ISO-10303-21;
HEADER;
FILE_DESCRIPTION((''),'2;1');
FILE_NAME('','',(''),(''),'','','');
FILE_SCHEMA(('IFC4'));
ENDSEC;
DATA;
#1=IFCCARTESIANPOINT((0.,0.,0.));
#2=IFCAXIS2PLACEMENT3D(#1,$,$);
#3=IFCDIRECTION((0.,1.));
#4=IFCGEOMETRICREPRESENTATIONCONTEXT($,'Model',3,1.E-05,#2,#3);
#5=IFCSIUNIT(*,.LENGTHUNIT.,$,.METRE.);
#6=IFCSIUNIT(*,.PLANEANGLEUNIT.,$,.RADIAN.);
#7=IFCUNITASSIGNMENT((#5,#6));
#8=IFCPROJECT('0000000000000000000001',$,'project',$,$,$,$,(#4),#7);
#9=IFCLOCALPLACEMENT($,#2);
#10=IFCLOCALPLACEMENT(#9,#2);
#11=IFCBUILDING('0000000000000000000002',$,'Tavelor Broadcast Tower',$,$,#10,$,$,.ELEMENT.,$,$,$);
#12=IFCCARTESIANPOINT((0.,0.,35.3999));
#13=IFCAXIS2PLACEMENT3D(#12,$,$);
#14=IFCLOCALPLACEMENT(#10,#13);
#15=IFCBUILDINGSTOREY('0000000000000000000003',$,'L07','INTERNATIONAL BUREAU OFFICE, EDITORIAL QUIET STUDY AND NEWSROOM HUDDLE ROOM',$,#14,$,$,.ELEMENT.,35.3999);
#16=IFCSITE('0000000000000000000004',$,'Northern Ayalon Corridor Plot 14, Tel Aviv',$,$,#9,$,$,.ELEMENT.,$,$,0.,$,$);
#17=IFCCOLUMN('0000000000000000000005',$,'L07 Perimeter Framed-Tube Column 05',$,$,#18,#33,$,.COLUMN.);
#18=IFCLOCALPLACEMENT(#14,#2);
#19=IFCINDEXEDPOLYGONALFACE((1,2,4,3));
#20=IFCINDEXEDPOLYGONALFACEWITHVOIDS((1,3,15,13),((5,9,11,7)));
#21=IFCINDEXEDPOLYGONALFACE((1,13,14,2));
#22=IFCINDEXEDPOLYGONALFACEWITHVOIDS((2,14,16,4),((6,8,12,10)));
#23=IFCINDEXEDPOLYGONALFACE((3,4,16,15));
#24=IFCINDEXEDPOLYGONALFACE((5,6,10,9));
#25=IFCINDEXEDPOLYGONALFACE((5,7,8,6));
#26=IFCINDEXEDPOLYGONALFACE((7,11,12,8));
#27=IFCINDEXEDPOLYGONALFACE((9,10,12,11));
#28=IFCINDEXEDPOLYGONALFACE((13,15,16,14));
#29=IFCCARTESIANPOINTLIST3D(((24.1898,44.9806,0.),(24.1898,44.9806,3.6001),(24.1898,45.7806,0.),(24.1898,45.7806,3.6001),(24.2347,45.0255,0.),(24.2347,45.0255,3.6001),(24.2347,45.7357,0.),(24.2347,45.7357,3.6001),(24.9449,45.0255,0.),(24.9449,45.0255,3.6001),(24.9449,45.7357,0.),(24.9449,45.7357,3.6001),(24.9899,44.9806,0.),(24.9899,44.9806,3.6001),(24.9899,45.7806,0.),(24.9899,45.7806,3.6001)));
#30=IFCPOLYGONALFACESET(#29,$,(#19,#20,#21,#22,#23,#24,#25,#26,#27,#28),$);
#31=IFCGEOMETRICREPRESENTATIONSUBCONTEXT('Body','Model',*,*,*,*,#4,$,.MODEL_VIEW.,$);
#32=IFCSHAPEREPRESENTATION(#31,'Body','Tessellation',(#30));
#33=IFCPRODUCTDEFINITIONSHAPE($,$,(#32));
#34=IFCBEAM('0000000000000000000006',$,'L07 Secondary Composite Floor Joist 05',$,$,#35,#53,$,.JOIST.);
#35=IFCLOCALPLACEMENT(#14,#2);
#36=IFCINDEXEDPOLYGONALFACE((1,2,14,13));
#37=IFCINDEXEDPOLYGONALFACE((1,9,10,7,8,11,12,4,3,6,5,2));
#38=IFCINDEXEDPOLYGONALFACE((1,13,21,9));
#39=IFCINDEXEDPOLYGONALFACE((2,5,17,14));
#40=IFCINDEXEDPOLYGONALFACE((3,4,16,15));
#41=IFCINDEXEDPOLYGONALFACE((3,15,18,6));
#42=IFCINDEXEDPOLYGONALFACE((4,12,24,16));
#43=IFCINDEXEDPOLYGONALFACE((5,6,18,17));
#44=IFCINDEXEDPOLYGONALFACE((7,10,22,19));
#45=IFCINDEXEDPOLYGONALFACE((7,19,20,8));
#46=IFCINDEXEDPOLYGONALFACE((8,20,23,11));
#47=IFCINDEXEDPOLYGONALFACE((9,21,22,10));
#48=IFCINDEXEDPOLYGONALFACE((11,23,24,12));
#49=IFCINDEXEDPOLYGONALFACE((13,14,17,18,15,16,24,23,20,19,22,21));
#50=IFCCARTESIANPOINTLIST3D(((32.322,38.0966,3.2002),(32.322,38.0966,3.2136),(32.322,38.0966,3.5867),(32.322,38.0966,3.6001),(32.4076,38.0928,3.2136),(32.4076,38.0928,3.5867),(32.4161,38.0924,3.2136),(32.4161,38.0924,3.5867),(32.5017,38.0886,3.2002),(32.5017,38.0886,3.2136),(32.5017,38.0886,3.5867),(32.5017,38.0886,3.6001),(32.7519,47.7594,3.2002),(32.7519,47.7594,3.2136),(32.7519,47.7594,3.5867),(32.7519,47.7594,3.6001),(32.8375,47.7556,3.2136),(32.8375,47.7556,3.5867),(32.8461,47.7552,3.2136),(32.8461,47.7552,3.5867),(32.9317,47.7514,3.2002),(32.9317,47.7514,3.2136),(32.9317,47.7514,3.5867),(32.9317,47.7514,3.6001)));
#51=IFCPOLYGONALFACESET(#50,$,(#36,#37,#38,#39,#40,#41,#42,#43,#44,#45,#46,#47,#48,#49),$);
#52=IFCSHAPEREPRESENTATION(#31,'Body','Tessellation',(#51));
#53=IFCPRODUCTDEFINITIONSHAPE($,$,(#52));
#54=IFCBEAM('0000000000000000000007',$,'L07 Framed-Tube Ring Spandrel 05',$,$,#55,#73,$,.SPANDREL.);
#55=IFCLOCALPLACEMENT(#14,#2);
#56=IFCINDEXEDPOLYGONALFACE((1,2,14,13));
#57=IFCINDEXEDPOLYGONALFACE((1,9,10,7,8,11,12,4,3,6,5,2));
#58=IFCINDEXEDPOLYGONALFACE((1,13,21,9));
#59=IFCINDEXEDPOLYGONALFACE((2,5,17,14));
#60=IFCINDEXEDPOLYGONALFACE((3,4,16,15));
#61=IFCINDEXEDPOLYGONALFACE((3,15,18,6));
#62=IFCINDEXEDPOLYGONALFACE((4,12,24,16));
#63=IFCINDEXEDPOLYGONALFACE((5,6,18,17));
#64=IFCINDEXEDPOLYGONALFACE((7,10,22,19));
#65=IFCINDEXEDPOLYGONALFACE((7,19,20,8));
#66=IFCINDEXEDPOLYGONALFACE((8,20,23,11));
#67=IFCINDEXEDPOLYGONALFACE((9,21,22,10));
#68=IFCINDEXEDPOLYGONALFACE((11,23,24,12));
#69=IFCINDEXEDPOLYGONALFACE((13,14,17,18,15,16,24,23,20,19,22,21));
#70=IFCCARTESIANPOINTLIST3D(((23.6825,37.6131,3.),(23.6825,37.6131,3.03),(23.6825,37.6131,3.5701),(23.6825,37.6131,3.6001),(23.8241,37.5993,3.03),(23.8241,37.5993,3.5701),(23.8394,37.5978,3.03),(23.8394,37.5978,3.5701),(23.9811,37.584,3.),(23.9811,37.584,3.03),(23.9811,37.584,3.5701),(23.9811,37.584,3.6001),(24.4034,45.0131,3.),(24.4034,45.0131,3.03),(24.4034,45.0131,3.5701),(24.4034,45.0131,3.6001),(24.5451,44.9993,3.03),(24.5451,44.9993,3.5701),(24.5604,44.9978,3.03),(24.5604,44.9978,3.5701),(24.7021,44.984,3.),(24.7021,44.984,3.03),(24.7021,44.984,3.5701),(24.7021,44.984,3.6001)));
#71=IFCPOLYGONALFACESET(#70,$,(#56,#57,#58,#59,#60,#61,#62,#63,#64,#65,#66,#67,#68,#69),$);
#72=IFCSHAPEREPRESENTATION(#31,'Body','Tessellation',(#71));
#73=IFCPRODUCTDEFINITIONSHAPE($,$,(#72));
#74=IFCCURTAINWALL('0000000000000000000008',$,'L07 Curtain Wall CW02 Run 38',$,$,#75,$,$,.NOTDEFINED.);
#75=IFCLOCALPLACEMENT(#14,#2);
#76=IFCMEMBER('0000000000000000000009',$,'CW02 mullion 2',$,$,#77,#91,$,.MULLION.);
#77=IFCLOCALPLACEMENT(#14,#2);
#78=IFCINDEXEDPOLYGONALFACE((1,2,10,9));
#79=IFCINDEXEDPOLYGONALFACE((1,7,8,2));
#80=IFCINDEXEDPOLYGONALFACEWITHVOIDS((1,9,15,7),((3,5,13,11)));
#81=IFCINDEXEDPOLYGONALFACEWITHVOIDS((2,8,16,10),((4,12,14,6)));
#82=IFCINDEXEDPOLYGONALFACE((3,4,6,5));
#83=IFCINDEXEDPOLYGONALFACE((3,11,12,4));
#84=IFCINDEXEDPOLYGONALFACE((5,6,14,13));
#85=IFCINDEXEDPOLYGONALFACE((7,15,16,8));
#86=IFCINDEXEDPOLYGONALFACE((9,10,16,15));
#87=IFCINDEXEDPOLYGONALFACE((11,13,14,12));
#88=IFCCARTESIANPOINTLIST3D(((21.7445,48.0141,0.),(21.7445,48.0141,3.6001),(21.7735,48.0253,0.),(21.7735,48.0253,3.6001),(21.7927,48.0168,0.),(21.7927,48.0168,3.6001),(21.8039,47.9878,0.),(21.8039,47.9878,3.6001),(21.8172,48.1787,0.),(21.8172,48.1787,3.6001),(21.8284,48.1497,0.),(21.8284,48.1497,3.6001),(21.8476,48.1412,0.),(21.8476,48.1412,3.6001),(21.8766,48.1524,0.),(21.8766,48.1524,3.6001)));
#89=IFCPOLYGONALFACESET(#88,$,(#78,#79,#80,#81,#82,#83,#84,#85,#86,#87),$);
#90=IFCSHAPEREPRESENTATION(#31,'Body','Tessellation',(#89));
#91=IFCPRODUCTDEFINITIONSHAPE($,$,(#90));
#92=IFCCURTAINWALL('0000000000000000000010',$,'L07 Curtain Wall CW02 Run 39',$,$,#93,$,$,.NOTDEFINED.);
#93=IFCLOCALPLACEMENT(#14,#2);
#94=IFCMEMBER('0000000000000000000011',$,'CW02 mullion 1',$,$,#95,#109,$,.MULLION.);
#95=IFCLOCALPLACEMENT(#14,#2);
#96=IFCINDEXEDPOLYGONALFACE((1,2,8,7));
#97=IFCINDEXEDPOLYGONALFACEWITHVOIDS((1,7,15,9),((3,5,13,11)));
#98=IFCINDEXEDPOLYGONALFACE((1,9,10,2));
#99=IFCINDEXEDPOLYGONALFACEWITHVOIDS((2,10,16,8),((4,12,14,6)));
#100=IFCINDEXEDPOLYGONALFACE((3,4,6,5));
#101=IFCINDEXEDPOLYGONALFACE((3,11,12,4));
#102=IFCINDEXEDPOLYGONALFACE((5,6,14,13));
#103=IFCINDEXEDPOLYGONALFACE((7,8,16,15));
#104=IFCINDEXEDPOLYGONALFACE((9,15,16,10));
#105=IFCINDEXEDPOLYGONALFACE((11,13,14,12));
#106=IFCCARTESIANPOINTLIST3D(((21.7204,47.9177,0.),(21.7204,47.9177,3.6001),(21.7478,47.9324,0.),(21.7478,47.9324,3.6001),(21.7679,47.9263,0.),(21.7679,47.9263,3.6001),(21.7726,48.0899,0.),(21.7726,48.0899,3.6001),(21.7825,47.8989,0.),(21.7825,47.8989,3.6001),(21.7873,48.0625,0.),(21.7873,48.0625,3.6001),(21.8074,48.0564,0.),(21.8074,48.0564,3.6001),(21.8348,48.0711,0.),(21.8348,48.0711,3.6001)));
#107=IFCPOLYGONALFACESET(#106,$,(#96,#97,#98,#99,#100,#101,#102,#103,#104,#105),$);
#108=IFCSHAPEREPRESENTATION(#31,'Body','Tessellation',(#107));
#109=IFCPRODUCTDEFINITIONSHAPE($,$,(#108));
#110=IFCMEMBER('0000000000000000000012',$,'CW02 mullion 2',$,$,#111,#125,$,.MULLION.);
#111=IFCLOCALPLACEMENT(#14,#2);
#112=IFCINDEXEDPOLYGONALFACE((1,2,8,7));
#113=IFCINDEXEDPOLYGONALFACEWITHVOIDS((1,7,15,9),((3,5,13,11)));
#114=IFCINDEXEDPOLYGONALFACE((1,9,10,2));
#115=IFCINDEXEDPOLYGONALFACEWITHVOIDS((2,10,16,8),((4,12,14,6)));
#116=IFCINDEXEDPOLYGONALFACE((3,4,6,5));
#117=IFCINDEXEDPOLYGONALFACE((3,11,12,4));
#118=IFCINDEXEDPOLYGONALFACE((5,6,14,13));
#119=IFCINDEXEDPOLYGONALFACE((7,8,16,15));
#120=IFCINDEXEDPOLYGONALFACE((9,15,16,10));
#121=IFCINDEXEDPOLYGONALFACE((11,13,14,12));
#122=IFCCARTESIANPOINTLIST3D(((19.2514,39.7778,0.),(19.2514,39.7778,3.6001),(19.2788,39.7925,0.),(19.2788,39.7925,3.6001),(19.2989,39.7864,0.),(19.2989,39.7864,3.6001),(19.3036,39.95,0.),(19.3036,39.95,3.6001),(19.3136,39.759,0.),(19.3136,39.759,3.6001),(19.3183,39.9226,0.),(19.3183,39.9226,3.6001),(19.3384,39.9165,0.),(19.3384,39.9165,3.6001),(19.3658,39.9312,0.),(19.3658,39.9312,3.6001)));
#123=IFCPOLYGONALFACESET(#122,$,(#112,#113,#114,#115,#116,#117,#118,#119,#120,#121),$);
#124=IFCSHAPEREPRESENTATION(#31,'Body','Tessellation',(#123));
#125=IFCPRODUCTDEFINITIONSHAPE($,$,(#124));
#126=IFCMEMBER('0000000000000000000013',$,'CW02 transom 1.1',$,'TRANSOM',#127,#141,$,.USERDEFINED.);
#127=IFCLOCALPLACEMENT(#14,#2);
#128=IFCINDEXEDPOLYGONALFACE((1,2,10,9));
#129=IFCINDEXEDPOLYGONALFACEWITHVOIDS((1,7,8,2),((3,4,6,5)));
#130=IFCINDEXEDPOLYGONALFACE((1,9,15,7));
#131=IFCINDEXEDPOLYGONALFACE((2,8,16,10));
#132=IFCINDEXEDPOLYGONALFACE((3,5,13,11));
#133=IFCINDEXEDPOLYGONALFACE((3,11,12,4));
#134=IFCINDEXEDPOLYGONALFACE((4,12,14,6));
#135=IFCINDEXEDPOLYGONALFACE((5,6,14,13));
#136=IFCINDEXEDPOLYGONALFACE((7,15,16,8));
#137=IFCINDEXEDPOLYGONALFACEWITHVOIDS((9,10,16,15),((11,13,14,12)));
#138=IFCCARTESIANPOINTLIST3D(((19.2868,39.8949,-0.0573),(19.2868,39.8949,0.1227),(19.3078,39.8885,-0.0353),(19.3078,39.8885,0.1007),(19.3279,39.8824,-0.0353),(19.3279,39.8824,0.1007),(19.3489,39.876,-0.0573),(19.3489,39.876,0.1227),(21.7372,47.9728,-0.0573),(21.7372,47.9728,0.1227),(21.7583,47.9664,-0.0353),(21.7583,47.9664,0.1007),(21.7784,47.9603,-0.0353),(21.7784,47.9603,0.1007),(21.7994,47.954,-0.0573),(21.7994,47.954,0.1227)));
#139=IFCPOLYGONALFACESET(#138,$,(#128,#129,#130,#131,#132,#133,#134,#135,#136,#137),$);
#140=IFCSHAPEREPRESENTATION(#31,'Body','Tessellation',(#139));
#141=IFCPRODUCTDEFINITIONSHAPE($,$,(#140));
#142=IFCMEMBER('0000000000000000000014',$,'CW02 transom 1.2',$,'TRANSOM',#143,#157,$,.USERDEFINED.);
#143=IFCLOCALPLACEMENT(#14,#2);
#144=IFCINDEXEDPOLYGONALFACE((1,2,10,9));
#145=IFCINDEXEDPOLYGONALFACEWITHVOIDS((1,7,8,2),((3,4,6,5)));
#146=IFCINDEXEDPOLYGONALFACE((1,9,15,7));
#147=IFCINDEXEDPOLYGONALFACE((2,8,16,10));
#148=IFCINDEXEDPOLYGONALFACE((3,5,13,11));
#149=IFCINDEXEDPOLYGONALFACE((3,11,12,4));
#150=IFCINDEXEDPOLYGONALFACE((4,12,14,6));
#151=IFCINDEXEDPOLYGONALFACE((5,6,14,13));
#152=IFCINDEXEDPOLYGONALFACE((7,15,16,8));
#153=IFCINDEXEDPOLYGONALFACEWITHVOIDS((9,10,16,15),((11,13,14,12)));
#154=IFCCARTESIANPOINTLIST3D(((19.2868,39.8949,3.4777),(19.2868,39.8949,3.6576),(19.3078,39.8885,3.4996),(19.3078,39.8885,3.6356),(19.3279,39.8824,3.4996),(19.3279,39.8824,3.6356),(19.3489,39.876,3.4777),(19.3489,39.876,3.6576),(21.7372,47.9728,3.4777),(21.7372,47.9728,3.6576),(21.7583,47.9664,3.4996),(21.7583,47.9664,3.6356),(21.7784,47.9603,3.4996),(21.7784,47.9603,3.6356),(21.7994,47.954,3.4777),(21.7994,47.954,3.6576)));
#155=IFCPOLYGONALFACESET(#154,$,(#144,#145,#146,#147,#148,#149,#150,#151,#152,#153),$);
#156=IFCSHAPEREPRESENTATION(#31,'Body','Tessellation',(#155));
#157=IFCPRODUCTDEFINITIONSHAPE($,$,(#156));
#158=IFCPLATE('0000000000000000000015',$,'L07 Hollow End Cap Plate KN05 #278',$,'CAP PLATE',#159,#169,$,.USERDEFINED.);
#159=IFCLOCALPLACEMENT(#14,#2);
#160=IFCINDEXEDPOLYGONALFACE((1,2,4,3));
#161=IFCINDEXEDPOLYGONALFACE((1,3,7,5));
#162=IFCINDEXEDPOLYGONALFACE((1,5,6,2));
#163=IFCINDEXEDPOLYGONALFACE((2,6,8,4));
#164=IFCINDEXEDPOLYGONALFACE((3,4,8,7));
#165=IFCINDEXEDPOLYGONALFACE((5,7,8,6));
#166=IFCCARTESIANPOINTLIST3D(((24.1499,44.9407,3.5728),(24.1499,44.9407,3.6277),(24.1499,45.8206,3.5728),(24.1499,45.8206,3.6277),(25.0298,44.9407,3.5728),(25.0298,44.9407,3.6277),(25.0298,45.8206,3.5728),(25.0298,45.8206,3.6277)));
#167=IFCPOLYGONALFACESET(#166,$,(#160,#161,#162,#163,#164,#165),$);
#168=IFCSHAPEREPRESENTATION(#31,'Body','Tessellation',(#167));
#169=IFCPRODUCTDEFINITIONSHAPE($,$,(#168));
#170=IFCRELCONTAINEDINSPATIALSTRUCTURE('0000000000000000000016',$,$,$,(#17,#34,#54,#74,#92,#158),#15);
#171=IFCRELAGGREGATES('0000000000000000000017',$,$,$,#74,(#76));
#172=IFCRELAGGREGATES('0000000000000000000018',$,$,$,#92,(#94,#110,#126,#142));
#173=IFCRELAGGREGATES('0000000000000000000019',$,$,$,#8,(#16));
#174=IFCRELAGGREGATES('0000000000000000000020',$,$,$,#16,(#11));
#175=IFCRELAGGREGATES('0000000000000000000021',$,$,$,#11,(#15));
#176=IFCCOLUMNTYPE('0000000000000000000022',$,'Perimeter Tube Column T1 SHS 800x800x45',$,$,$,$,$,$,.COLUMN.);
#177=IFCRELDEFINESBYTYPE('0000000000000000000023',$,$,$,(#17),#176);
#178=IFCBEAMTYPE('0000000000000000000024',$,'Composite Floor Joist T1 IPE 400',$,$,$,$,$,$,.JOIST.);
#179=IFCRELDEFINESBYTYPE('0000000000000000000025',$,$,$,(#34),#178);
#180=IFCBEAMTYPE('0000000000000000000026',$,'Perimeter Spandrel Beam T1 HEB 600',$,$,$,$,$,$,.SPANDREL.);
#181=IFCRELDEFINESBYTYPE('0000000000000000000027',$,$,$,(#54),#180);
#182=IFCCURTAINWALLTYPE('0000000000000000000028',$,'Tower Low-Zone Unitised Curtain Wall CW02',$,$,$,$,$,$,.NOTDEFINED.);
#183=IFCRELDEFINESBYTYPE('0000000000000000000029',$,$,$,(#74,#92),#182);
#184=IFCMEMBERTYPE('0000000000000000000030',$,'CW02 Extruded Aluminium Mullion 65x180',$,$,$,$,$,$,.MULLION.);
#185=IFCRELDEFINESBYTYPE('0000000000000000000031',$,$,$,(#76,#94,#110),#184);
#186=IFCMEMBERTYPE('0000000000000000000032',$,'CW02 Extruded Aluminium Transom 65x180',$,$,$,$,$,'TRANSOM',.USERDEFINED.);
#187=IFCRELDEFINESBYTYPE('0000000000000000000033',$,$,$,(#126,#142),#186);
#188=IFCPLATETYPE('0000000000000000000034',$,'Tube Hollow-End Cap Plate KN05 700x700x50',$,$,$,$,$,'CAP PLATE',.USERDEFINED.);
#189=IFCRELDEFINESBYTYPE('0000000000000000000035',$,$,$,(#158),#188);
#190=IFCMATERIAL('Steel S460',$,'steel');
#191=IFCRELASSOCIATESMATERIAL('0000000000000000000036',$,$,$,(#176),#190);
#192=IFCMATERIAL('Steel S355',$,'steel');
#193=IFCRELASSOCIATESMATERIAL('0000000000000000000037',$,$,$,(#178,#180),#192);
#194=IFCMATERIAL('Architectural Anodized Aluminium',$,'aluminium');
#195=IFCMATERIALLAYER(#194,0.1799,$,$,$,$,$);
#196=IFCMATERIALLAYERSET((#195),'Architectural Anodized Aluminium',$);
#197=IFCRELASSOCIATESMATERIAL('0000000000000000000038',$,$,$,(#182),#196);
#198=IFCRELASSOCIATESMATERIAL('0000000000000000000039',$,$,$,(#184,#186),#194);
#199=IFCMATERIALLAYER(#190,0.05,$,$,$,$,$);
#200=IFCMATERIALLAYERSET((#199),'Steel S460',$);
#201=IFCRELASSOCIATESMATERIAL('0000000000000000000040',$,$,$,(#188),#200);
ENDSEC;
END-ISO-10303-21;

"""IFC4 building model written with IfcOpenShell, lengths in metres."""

from ifc_helpers import new_model, si_unit, direction, frame, origin, origin_2d, place, context, subcontext, project, spatial, rectangle, hollow_rectangle, i_section, extrude, source, transform, mapped, material, layer, layer_set, material_profile, profile_set, type_object, type_shapes, element, aggregate, save


model = new_model("IFC4")

# Units and contexts
model_context = context("Model", 3, precision=1e-05, world=origin(), true_north=direction((0.0, 1.0)))
body_context = subcontext(model_context, "Body", "Model", "MODEL_VIEW")
ifc_project = project(units=[si_unit("LENGTHUNIT", "METRE"), si_unit("PLANEANGLEUNIT", "RADIAN")], contexts=[model_context])

# Site, building, storey
site_placement = place(None, origin())
site = spatial("IfcSite", under=ifc_project, at=site_placement, Name="Northern Ayalon Corridor Plot 14, Tel Aviv", CompositionType="ELEMENT", RefElevation=0.0)
building_placement = place(site_placement, origin())
building = spatial("IfcBuilding", under=site, at=building_placement, Name="Tavelor Broadcast Tower", CompositionType="ELEMENT")
storey_placement = place(building_placement, frame((0.0, 0.0, 35.3999)))
storey = spatial("IfcBuildingStorey", under=building, at=storey_placement, Name="L07", Description="INTERNATIONAL BUREAU OFFICE, EDITORIAL QUIET STUDY AND NEWSROOM HUDDLE ROOM", CompositionType="ELEMENT", Elevation=35.3999)

# Column
ifc_material_1 = material(Name="Steel S460", Category="steel")
ifc_material_profile_1 = material_profile(ifc_material_1, hollow_rectangle(XDim=0.8, YDim=0.8, WallThickness=0.0449, at=origin_2d()), Name="SHS 800x800x45")
ifc_profile_set_1 = profile_set([ifc_material_profile_1], Name="Steel S460")
column_type = type_object("IfcColumnType", Name="Perimeter Tube Column T1 SHS 800x800x45", PredefinedType="COLUMN", material=ifc_profile_set_1)
column_placement = place(storey_placement, frame((24.5898, 45.3806, 0.0), z_axis=(0.0, 0.0, 1.0), x_axis=(1.0, 0.0, 0.0)))
element("IfcColumn", 1, at=column_placement, inside=storey, type_object=column_type, Name="L07 Perimeter Framed-Tube Column 05", PredefinedType="COLUMN", context=body_context, shape_type="SweptSolid", body=[
    extrude(hollow_rectangle(XDim=0.8, YDim=0.8, WallThickness=0.0449, at=origin_2d()), origin(), (0.0, 0.0, 1.0), 3.6001),
])

# Beams
ifc_material_2 = material(Name="Steel S355", Category="steel")
ifc_material_profile_2 = material_profile(ifc_material_2, i_section(OverallWidth=0.1799, OverallDepth=0.3999, WebThickness=0.0085, FlangeThickness=0.0134, at=origin_2d()), Name="IPE 400")
ifc_profile_set_2 = profile_set([ifc_material_profile_2], Name="Steel S355")
beam_type_1 = type_object("IfcBeamType", Name="Composite Floor Joist T1 IPE 400", PredefinedType="JOIST", material=ifc_profile_set_2)
beam_1_placement = place(storey_placement, frame((32.8418, 47.7554, 3.4001), z_axis=(-0.044449, -0.999012, 0.0), x_axis=(0.999012, -0.044449, 0.0)))
element("IfcBeam", 2, at=beam_1_placement, inside=storey, type_object=beam_type_1, Name="L07 Secondary Composite Floor Joist 05", PredefinedType="JOIST", context=body_context, shape_type="SweptSolid", body=[
    extrude(i_section(OverallWidth=0.1799, OverallDepth=0.3999, WebThickness=0.0085, FlangeThickness=0.0134, at=origin_2d()), origin(), (0.0, 0.0, 1.0), 9.6724),
])
ifc_material_profile_3 = material_profile(ifc_material_2, i_section(OverallWidth=0.3, OverallDepth=0.6001, WebThickness=0.0154, FlangeThickness=0.03, at=origin_2d()), Name="HEB 600")
ifc_profile_set_3 = profile_set([ifc_material_profile_3], Name="Steel S355")
beam_type_2 = type_object("IfcBeamType", Name="Perimeter Spandrel Beam T1 HEB 600", PredefinedType="SPANDREL", material=ifc_profile_set_3)
beam_2_placement = place(storey_placement, frame((24.5527, 44.9985, 3.3), z_axis=(-0.096967, -0.995288, 0.0), x_axis=(0.995288, -0.096967, 0.0)))
element("IfcBeam", 3, at=beam_2_placement, inside=storey, type_object=beam_type_2, Name="L07 Framed-Tube Ring Spandrel 05", PredefinedType="SPANDREL", context=body_context, shape_type="SweptSolid", body=[
    extrude(i_section(OverallWidth=0.3, OverallDepth=0.6001, WebThickness=0.0154, FlangeThickness=0.03, at=origin_2d()), origin(), (0.0, 0.0, 1.0), 7.4351),
])

# Curtain wall, member
ifc_material_3 = material(Name="Architectural Anodized Aluminium", Category="aluminium")
ifc_layer_1 = layer(ifc_material_3, 0.1799)
ifc_layer_set_1 = layer_set([ifc_layer_1], Name="Architectural Anodized Aluminium")
curtain_wall_type = type_object("IfcCurtainWallType", Name="Tower Low-Zone Unitised Curtain Wall CW02", PredefinedType="NOTDEFINED", material=ifc_layer_set_1)
curtain_wall_1_placement = place(storey_placement, origin())
curtain_wall_1 = element("IfcCurtainWall", 4, at=curtain_wall_1_placement, inside=storey, type_object=curtain_wall_type, Name="L07 Curtain Wall CW02 Run 38", PredefinedType="NOTDEFINED")
ifc_material_profile_4 = material_profile(ifc_material_3, hollow_rectangle(XDim=0.0649, YDim=0.1799, WallThickness=0.022, at=origin_2d()), Name="RHS 65x180x22")
ifc_profile_set_4 = profile_set([ifc_material_profile_4], Name="Architectural Anodized Aluminium")
member_type_1 = type_object("IfcMemberType", Name="CW02 Extruded Aluminium Mullion 65x180", PredefinedType="MULLION", material=ifc_profile_set_4)
shared_shape_1 = source(origin(), body_context, "Body", "SweptSolid", [
    extrude(hollow_rectangle(XDim=0.0649, YDim=0.1799, WallThickness=0.022, at=origin_2d()), origin(), (0.0, 0.0, 1.0), 3.6001),
])
type_shapes(member_type_1, [shared_shape_1])
member_1_placement = place(storey_placement, frame((21.8105, 48.0833, 0.0), z_axis=(0.0, 0.0, 1.0), x_axis=(0.914783, -0.403945, 0.0)))
member_1 = element("IfcMember", 5, at=member_1_placement, type_object=member_type_1, Name="CW02 mullion 2", PredefinedType="MULLION", context=body_context, shape_type="MappedRepresentation", body=[
    mapped(shared_shape_1, transform((0.0, 0.0, 0.0), scale=1.0)),
])
aggregate(curtain_wall_1, [member_1])

# Curtain wall, members
curtain_wall_2_placement = place(storey_placement, origin())
curtain_wall_2 = element("IfcCurtainWall", 6, at=curtain_wall_2_placement, inside=storey, type_object=curtain_wall_type, Name="L07 Curtain Wall CW02 Run 39", PredefinedType="NOTDEFINED")
member_2_placement = place(storey_placement, frame((21.7776, 47.9944, 0.0), z_axis=(0.0, 0.0, 1.0), x_axis=(0.956944, -0.290273, 0.0)))
member_2 = element("IfcMember", 7, at=member_2_placement, type_object=member_type_1, Name="CW02 mullion 1", PredefinedType="MULLION", context=body_context, shape_type="MappedRepresentation", body=[
    mapped(shared_shape_1, transform((0.0, 0.0, 0.0), scale=1.0)),
])
member_3_placement = place(storey_placement, frame((19.3086, 39.8545, 0.0), z_axis=(0.0, 0.0, 1.0), x_axis=(0.956944, -0.290273, 0.0)))
member_3 = element("IfcMember", 8, at=member_3_placement, type_object=member_type_1, Name="CW02 mullion 2", PredefinedType="MULLION", context=body_context, shape_type="MappedRepresentation", body=[
    mapped(shared_shape_1, transform((0.0, 0.0, 0.0), scale=1.0)),
])
ifc_material_profile_5 = material_profile(ifc_material_3, hollow_rectangle(XDim=0.0649, YDim=0.1799, WallThickness=0.022, at=origin_2d()), Name="RHS 65x180x22")
ifc_profile_set_5 = profile_set([ifc_material_profile_5], Name="Architectural Anodized Aluminium")
member_type_2 = type_object("IfcMemberType", Name="CW02 Extruded Aluminium Transom 65x180", ElementType="TRANSOM", PredefinedType="USERDEFINED", material=ifc_profile_set_5)
shared_shape_2 = source(origin(), body_context, "Body", "SweptSolid", [
    extrude(hollow_rectangle(XDim=0.0649, YDim=0.1799, WallThickness=0.022, at=origin_2d()), origin(), (0.0, 0.0, 1.0), 8.4414),
])
type_shapes(member_type_2, [shared_shape_2])
member_4_placement = place(storey_placement, frame((21.7683, 47.9634, 0.0327), z_axis=(-0.290289, -0.956939, 0.0), x_axis=(0.956939, -0.290289, 0.0)))
member_4 = element("IfcMember", 9, at=member_4_placement, type_object=member_type_2, Name="CW02 transom 1.1", ObjectType="TRANSOM", PredefinedType="USERDEFINED", context=body_context, shape_type="MappedRepresentation", body=[
    mapped(shared_shape_2, transform((0.0, 0.0, 0.0), scale=1.0)),
])
member_5_placement = place(storey_placement, frame((21.7683, 47.9634, 3.5676), z_axis=(-0.290289, -0.956939, 0.0), x_axis=(0.956939, -0.290289, 0.0)))
member_5 = element("IfcMember", 10, at=member_5_placement, type_object=member_type_2, Name="CW02 transom 1.2", ObjectType="TRANSOM", PredefinedType="USERDEFINED", context=body_context, shape_type="MappedRepresentation", body=[
    mapped(shared_shape_2, transform((0.0, 0.0, 0.0), scale=1.0)),
])

# Plate
ifc_layer_2 = layer(ifc_material_1, 0.05)
ifc_layer_set_2 = layer_set([ifc_layer_2], Name="Steel S460")
plate_type_1 = type_object("IfcPlateType", Name="Tube Hollow-End Cap Plate KN05 700x700x50", ElementType="CAP PLATE", PredefinedType="USERDEFINED", material=ifc_layer_set_2)
shared_shape_3 = source(origin(), body_context, "Body", "SweptSolid", [
    extrude(rectangle(XDim=0.8799, YDim=0.8799, at=origin_2d()), origin(), (0.0, 0.0, 1.0), 0.0549),
])
type_shapes(plate_type_1, [shared_shape_3])
plate_1_placement = place(storey_placement, frame((24.5898, 45.3806, 3.5728), z_axis=(0.0, 0.0, 1.0), x_axis=(1.0, 0.0, 0.0)))
element("IfcPlate", 11, at=plate_1_placement, inside=storey, type_object=plate_type_1, Name="L07 Hollow End Cap Plate KN05 #278", ObjectType="CAP PLATE", PredefinedType="USERDEFINED", context=body_context, shape_type="MappedRepresentation", body=[
    mapped(shared_shape_3, transform((0.0, 0.0, 0.0), scale=1.0)),
])

aggregate(curtain_wall_2, [member_2, member_3, member_4, member_5])

save(model, "model.ifc")
